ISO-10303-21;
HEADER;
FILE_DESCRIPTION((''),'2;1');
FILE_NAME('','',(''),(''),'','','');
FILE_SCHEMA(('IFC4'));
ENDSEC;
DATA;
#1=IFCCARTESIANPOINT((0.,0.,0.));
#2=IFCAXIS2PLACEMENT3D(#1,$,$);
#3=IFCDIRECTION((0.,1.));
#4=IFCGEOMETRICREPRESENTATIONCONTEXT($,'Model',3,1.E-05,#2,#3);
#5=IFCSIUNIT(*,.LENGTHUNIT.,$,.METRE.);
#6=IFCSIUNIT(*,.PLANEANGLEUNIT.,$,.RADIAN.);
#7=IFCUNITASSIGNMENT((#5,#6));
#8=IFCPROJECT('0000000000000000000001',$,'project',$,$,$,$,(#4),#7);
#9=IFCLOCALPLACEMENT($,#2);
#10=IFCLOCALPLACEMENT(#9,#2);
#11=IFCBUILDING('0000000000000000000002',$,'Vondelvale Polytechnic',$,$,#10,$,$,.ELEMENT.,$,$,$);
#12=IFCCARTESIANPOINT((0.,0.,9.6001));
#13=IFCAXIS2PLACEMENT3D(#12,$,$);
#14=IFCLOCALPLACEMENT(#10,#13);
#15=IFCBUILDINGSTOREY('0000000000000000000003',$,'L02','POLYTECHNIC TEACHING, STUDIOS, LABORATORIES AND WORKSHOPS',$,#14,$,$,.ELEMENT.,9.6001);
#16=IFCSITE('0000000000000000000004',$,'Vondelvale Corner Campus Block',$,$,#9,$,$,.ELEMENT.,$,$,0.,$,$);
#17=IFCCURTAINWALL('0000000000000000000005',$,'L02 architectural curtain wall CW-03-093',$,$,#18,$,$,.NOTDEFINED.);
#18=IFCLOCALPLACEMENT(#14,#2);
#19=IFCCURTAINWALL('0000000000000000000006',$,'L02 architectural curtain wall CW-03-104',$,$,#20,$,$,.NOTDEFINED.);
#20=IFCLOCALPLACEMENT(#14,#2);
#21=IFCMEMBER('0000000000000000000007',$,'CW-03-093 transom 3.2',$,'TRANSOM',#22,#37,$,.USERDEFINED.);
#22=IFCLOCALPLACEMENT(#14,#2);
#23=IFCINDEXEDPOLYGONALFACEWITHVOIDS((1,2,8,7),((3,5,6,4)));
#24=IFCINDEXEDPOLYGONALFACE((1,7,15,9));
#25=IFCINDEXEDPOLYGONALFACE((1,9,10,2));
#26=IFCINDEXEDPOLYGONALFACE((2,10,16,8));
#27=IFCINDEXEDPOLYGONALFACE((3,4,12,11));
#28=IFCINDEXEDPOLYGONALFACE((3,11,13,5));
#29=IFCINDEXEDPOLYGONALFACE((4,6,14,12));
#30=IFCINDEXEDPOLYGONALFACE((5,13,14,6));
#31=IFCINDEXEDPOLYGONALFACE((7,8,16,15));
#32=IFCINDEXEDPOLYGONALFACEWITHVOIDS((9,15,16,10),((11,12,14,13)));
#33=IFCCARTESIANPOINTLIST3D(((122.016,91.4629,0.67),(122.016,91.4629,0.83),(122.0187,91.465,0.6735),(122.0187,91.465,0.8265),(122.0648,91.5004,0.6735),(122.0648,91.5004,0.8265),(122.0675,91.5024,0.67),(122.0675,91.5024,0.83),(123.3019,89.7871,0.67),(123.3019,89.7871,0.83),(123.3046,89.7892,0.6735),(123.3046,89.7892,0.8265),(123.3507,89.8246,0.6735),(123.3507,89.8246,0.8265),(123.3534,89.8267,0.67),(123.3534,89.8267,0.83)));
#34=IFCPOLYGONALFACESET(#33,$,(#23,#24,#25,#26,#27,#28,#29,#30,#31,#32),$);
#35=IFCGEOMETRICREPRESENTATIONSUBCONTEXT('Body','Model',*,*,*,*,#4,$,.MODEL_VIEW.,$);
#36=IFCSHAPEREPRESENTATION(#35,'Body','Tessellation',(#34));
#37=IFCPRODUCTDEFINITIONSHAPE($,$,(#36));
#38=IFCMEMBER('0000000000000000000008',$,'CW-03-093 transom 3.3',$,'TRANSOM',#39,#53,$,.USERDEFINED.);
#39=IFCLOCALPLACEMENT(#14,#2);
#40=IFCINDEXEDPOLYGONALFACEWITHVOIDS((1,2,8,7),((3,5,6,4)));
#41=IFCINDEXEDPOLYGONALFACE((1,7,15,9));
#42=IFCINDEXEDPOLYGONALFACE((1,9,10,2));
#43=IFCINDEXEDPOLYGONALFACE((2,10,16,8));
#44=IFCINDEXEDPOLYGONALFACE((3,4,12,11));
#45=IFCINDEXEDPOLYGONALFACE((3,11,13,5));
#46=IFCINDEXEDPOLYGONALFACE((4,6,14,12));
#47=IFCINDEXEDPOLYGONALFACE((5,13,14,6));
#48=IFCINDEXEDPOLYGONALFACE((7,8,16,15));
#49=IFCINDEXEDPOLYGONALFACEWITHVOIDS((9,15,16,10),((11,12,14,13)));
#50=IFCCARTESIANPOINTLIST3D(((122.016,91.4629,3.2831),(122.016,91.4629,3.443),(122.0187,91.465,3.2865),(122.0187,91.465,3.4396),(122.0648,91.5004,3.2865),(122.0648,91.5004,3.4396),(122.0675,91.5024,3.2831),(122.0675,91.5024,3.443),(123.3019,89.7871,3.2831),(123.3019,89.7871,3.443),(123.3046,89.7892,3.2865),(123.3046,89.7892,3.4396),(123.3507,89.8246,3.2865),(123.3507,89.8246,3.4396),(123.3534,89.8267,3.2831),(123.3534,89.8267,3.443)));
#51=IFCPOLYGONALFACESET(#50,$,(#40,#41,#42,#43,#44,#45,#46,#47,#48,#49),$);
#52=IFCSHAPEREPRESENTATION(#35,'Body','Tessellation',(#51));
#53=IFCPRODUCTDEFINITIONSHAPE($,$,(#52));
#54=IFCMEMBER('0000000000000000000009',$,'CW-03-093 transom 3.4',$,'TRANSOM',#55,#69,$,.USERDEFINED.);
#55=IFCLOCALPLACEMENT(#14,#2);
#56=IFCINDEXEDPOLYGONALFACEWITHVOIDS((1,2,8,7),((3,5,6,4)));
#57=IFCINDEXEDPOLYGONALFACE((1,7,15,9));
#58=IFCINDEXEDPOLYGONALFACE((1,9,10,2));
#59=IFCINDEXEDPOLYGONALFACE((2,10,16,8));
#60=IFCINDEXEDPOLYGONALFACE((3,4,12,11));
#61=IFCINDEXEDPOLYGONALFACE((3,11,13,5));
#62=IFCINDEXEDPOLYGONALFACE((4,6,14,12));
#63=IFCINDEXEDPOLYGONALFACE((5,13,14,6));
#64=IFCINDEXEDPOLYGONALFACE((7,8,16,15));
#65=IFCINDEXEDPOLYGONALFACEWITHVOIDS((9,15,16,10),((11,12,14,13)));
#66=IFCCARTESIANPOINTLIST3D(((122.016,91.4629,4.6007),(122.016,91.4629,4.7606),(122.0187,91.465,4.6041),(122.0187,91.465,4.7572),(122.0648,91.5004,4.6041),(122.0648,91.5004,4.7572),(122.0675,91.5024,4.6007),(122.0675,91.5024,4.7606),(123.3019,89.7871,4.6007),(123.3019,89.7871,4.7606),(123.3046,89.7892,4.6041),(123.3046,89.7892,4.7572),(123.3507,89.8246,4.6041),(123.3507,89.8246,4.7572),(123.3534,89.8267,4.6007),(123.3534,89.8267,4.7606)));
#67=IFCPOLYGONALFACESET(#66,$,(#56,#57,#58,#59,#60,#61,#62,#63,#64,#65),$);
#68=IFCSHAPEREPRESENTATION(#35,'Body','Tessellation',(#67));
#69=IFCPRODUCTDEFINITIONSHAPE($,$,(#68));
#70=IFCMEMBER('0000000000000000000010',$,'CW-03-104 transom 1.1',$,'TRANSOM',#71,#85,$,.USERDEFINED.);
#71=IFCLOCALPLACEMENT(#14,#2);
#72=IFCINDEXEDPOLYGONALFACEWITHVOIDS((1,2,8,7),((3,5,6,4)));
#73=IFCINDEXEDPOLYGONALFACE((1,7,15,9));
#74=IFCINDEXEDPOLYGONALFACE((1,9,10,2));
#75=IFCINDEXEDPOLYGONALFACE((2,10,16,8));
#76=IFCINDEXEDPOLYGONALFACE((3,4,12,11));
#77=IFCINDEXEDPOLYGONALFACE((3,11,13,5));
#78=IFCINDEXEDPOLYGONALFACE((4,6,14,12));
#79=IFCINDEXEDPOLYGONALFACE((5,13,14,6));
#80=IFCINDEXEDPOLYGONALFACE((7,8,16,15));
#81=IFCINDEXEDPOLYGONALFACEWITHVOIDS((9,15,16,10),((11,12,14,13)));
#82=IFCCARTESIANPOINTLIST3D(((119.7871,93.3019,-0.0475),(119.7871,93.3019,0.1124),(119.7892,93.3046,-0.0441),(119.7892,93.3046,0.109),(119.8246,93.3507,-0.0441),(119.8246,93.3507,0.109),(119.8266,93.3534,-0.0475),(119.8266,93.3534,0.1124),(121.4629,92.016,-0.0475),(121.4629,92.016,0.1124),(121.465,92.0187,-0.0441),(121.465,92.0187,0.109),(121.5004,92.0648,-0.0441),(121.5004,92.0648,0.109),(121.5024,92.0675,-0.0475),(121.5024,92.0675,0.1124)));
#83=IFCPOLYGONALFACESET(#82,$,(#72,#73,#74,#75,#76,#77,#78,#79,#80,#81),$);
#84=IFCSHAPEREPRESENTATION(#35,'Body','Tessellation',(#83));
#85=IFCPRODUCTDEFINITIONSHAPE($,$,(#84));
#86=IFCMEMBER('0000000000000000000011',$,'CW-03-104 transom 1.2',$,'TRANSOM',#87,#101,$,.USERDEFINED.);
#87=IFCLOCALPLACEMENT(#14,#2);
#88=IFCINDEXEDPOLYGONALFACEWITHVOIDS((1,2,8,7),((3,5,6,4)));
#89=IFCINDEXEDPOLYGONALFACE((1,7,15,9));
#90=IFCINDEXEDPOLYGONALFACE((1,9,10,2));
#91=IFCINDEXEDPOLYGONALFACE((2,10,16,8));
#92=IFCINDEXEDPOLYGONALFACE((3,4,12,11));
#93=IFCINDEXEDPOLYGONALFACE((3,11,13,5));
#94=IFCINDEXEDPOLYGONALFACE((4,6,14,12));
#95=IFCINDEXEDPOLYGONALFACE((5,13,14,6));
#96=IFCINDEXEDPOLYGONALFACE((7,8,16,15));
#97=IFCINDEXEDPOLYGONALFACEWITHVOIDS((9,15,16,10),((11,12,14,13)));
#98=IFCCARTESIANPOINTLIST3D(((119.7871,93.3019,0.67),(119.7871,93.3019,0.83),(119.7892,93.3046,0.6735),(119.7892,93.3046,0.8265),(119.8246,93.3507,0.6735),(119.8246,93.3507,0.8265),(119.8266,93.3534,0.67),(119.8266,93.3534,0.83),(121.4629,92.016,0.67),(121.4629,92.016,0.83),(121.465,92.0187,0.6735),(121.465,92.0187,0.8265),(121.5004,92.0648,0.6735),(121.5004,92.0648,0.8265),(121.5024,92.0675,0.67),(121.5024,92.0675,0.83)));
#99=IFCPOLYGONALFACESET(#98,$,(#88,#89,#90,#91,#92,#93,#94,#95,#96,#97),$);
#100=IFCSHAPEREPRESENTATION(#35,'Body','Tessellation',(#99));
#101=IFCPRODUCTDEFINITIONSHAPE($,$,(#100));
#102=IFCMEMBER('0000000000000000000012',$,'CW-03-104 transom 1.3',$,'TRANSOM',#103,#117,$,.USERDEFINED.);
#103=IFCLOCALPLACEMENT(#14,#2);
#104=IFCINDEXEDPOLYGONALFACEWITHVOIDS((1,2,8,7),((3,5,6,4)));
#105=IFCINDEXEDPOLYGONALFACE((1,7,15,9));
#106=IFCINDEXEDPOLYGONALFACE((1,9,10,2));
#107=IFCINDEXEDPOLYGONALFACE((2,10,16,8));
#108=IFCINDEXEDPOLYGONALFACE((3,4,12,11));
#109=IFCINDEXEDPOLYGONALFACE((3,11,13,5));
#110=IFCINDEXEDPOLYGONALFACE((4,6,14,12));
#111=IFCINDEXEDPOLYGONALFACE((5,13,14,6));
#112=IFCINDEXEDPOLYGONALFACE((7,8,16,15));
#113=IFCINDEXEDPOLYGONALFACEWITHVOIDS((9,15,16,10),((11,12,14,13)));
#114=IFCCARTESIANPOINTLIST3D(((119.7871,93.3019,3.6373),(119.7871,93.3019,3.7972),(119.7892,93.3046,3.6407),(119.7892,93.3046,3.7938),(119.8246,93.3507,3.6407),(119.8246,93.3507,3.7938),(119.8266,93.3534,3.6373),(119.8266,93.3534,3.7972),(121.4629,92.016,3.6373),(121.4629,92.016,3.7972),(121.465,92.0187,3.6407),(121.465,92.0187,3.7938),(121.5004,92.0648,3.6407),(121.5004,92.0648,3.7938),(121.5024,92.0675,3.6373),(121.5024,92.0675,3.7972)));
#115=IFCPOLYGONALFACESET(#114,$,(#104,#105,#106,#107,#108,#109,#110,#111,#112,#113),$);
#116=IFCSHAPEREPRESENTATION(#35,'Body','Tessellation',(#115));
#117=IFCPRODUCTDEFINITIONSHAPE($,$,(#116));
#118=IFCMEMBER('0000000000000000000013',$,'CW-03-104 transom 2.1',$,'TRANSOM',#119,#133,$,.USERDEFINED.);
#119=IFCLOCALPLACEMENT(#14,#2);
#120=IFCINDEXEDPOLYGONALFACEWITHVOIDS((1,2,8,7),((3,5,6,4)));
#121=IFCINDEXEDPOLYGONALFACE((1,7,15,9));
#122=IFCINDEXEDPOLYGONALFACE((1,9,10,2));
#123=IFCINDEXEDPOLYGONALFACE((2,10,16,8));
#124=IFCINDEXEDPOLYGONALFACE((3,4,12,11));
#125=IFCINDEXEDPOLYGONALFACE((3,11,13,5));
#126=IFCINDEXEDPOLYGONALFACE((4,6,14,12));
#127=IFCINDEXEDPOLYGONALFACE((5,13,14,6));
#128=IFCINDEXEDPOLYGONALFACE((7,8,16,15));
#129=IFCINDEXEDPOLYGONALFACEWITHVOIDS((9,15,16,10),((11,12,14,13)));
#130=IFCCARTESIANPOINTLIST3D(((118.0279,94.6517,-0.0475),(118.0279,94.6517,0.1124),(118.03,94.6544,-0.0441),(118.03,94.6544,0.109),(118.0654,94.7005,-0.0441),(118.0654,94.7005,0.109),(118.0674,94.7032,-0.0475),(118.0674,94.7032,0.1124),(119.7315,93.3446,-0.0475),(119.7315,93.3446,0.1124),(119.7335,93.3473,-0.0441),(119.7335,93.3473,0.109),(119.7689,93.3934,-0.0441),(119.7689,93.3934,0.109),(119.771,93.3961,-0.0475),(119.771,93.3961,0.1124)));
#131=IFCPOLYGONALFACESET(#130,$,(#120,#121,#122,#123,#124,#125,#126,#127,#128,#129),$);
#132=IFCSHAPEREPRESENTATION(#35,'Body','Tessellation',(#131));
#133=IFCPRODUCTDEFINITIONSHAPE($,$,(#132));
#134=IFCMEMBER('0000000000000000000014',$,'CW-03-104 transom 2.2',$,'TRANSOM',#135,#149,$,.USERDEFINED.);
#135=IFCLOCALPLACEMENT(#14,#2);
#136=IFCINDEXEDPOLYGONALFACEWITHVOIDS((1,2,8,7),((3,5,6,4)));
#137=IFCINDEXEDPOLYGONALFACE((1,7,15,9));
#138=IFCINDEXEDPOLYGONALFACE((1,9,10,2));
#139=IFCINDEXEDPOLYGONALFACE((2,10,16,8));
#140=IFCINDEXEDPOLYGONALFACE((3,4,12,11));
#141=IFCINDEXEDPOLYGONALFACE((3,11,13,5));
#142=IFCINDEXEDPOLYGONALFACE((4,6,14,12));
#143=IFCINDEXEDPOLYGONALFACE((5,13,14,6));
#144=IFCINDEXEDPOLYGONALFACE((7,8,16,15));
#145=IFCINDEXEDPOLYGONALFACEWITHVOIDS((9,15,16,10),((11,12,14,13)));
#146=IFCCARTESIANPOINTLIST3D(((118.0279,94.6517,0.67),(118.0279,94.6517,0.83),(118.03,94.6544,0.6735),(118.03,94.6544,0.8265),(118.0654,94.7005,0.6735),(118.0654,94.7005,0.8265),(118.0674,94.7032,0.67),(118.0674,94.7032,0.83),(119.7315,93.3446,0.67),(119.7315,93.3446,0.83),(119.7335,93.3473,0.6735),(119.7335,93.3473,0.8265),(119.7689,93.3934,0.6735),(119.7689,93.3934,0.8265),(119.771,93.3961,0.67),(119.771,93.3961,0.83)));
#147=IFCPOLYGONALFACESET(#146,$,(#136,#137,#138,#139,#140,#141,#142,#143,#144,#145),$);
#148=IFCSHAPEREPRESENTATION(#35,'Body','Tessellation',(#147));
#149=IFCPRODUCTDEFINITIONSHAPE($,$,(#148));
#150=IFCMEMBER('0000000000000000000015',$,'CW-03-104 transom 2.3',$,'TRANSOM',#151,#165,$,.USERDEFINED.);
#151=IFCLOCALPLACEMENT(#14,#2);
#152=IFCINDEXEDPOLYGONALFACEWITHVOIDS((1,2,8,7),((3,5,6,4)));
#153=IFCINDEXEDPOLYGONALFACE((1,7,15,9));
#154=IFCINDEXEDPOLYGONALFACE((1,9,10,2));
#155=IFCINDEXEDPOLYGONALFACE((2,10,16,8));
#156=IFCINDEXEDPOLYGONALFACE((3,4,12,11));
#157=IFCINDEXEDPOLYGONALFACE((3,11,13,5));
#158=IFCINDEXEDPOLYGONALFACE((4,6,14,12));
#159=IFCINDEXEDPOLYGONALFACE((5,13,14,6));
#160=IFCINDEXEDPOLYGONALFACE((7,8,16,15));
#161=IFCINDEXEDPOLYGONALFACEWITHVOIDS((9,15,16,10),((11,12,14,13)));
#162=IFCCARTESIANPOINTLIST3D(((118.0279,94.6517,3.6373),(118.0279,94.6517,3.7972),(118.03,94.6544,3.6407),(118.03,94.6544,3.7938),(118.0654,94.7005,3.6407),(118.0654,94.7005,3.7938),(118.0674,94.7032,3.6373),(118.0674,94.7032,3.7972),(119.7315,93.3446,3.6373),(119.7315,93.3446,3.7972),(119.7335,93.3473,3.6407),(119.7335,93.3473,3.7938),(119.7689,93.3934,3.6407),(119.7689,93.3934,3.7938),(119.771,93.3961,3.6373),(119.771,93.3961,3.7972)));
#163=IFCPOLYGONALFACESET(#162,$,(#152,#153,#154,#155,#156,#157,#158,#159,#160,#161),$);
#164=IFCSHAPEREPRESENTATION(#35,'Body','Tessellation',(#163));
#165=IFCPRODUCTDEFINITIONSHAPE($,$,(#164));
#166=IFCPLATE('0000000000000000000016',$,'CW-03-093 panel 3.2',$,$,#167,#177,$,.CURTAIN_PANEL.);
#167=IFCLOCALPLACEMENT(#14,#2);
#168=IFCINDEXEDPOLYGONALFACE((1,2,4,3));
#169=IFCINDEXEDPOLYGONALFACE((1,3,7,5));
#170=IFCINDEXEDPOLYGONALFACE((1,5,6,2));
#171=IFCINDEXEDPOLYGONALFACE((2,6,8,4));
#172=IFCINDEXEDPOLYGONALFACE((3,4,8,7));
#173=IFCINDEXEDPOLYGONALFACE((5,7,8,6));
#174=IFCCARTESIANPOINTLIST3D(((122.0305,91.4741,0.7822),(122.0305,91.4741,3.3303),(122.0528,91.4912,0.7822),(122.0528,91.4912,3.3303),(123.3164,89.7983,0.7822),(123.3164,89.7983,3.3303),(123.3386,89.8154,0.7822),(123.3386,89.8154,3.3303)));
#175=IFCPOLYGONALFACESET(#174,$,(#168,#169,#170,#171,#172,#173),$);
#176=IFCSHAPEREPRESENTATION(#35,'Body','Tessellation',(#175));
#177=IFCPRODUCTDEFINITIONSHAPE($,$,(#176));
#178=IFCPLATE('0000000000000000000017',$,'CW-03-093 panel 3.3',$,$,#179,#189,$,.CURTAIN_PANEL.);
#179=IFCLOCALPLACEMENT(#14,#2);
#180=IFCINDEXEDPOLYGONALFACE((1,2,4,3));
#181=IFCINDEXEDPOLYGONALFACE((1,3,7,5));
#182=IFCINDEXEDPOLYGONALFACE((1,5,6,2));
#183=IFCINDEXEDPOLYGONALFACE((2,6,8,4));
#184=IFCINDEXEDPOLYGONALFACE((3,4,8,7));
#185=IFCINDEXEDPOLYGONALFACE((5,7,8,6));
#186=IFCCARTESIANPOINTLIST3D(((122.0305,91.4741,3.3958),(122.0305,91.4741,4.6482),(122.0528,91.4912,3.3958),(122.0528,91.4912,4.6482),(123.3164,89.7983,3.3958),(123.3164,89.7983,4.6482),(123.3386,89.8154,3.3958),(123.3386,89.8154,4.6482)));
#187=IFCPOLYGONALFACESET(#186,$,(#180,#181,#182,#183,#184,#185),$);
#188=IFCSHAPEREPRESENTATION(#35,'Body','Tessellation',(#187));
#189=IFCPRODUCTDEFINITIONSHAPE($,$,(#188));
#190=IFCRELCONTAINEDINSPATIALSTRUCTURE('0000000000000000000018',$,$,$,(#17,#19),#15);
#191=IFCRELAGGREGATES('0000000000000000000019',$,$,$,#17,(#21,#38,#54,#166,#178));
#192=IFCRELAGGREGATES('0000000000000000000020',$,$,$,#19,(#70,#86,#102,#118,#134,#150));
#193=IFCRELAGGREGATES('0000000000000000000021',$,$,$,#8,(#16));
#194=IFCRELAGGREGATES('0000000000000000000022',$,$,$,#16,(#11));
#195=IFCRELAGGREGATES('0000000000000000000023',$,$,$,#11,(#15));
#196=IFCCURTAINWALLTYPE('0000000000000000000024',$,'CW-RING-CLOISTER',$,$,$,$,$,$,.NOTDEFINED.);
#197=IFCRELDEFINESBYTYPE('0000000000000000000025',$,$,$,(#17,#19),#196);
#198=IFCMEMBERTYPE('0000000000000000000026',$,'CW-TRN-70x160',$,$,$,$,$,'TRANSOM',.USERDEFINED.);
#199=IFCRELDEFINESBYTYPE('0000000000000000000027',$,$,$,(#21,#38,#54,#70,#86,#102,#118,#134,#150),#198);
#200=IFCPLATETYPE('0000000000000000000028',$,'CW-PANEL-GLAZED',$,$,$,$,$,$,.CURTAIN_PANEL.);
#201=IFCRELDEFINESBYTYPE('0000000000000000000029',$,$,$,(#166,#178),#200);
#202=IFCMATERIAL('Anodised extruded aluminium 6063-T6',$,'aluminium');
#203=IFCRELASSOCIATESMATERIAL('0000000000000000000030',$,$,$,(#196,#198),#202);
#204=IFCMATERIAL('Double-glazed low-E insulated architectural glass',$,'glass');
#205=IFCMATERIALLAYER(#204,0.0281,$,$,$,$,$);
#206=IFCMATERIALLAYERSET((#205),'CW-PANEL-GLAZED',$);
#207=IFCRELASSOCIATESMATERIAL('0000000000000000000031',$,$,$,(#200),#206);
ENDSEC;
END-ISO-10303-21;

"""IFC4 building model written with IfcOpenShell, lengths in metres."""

from ifc_helpers import new_model, si_unit, direction, frame, origin, origin_2d, place, context, subcontext, project, spatial, rectangle, hollow_rectangle, extrude, material, layer, layer_set, material_profile, profile_set, type_object, element, aggregate, save


model = new_model("IFC4")

# Units and contexts
model_context = context("Model", 3, precision=1e-05, world=origin(), true_north=direction((0.0, 1.0)))
body_context = subcontext(model_context, "Body", "Model", "MODEL_VIEW")
ifc_project = project(units=[si_unit("LENGTHUNIT", "METRE"), si_unit("PLANEANGLEUNIT", "RADIAN")], contexts=[model_context])

# Site, building, storey
site_placement = place(None, origin())
site = spatial("IfcSite", under=ifc_project, at=site_placement, Name="Vondelvale Corner Campus Block", CompositionType="ELEMENT", RefElevation=0.0)
building_placement = place(site_placement, origin())
building = spatial("IfcBuilding", under=site, at=building_placement, Name="Vondelvale Polytechnic", CompositionType="ELEMENT")
storey_placement = place(building_placement, frame((0.0, 0.0, 9.6001)))
storey = spatial("IfcBuildingStorey", under=building, at=storey_placement, Name="L02", Description="POLYTECHNIC TEACHING, STUDIOS, LABORATORIES AND WORKSHOPS", CompositionType="ELEMENT", Elevation=9.6001)

# Curtain walls
ifc_material_1 = material(Name="Anodised extruded aluminium 6063-T6", Category="aluminium")
curtain_wall_type = type_object("IfcCurtainWallType", Name="CW-RING-CLOISTER", PredefinedType="NOTDEFINED", material=ifc_material_1)
curtain_wall_1_placement = place(storey_placement, origin())
curtain_wall_1 = element("IfcCurtainWall", 1, at=curtain_wall_1_placement, inside=storey, type_object=curtain_wall_type, Name="L02 architectural curtain wall CW-03-093", PredefinedType="NOTDEFINED")
curtain_wall_2_placement = place(storey_placement, origin())
curtain_wall_2 = element("IfcCurtainWall", 2, at=curtain_wall_2_placement, inside=storey, type_object=curtain_wall_type, Name="L02 architectural curtain wall CW-03-104", PredefinedType="NOTDEFINED")

# Members
ifc_material_profile_1 = material_profile(ifc_material_1, hollow_rectangle(XDim=0.0649, YDim=0.1599, WallThickness=0.0034, at=origin_2d()), Name="CW-TRN-160x65")
ifc_profile_set_1 = profile_set([ifc_material_profile_1], Name="Anodised extruded aluminium 6063-T6")
member_type_1 = type_object("IfcMemberType", Name="CW-TRN-70x160", ElementType="TRANSOM", PredefinedType="USERDEFINED", material=ifc_profile_set_1)
member_1_placement = place(storey_placement, frame((123.3276, 89.8069, 0.75), z_axis=(-0.608766, 0.79335, 0.0), x_axis=(-0.79335, -0.608766, 0.0)))
member_1 = element("IfcMember", 3, at=member_1_placement, type_object=member_type_1, Name="CW-03-093 transom 3.2", ObjectType="TRANSOM", PredefinedType="USERDEFINED", context=body_context, shape_type="SweptSolid", body=[
    extrude(hollow_rectangle(XDim=0.0649, YDim=0.1599, WallThickness=0.0034, at=origin_2d()), origin(), (0.0, 0.0, 1.0), 2.1123),
])
member_2_placement = place(storey_placement, frame((123.3276, 89.8069, 3.363), z_axis=(-0.608766, 0.79335, 0.0), x_axis=(-0.79335, -0.608766, 0.0)))
member_2 = element("IfcMember", 4, at=member_2_placement, type_object=member_type_1, Name="CW-03-093 transom 3.3", ObjectType="TRANSOM", PredefinedType="USERDEFINED", context=body_context, shape_type="SweptSolid", body=[
    extrude(hollow_rectangle(XDim=0.0649, YDim=0.1599, WallThickness=0.0034, at=origin_2d()), origin(), (0.0, 0.0, 1.0), 2.1123),
])
member_3_placement = place(storey_placement, frame((123.3276, 89.8069, 4.6807), z_axis=(-0.608766, 0.79335, 0.0), x_axis=(-0.79335, -0.608766, 0.0)))
member_3 = element("IfcMember", 5, at=member_3_placement, type_object=member_type_1, Name="CW-03-093 transom 3.4", ObjectType="TRANSOM", PredefinedType="USERDEFINED", context=body_context, shape_type="SweptSolid", body=[
    extrude(hollow_rectangle(XDim=0.0649, YDim=0.1599, WallThickness=0.0034, at=origin_2d()), origin(), (0.0, 0.0, 1.0), 2.1123),
])
member_4_placement = place(storey_placement, frame((121.4827, 92.0417, 0.0325), z_axis=(-0.79335, 0.608766, 0.0), x_axis=(-0.608766, -0.79335, 0.0)))
member_4 = element("IfcMember", 6, at=member_4_placement, type_object=member_type_1, Name="CW-03-104 transom 1.1", ObjectType="TRANSOM", PredefinedType="USERDEFINED", context=body_context, shape_type="SweptSolid", body=[
    extrude(hollow_rectangle(XDim=0.0649, YDim=0.1599, WallThickness=0.0034, at=origin_2d()), origin(), (0.0, 0.0, 1.0), 2.1123),
])
member_5_placement = place(storey_placement, frame((121.4827, 92.0417, 0.75), z_axis=(-0.79335, 0.608766, 0.0), x_axis=(-0.608766, -0.79335, 0.0)))
member_5 = element("IfcMember", 7, at=member_5_placement, type_object=member_type_1, Name="CW-03-104 transom 1.2", ObjectType="TRANSOM", PredefinedType="USERDEFINED", context=body_context, shape_type="SweptSolid", body=[
    extrude(hollow_rectangle(XDim=0.0649, YDim=0.1599, WallThickness=0.0034, at=origin_2d()), origin(), (0.0, 0.0, 1.0), 2.1123),
])
member_6_placement = place(storey_placement, frame((121.4827, 92.0417, 3.7173), z_axis=(-0.79335, 0.608766, 0.0), x_axis=(-0.608766, -0.79335, 0.0)))
member_6 = element("IfcMember", 8, at=member_6_placement, type_object=member_type_1, Name="CW-03-104 transom 1.3", ObjectType="TRANSOM", PredefinedType="USERDEFINED", context=body_context, shape_type="SweptSolid", body=[
    extrude(hollow_rectangle(XDim=0.0649, YDim=0.1599, WallThickness=0.0034, at=origin_2d()), origin(), (0.0, 0.0, 1.0), 2.1123),
])
member_7_placement = place(storey_placement, frame((119.7512, 93.3704, 0.0325), z_axis=(-0.793376, 0.608732, 0.0), x_axis=(-0.608732, -0.793376, 0.0)))
member_7 = element("IfcMember", 9, at=member_7_placement, type_object=member_type_1, Name="CW-03-104 transom 2.1", ObjectType="TRANSOM", PredefinedType="USERDEFINED", context=body_context, shape_type="SweptSolid", body=[
    extrude(hollow_rectangle(XDim=0.0649, YDim=0.1599, WallThickness=0.0034, at=origin_2d()), origin(), (0.0, 0.0, 1.0), 2.1472),
])
member_8_placement = place(storey_placement, frame((119.7512, 93.3704, 0.75), z_axis=(-0.793376, 0.608732, 0.0), x_axis=(-0.608732, -0.793376, 0.0)))
member_8 = element("IfcMember", 10, at=member_8_placement, type_object=member_type_1, Name="CW-03-104 transom 2.2", ObjectType="TRANSOM", PredefinedType="USERDEFINED", context=body_context, shape_type="SweptSolid", body=[
    extrude(hollow_rectangle(XDim=0.0649, YDim=0.1599, WallThickness=0.0034, at=origin_2d()), origin(), (0.0, 0.0, 1.0), 2.1472),
])
member_9_placement = place(storey_placement, frame((119.7512, 93.3704, 3.7173), z_axis=(-0.793376, 0.608732, 0.0), x_axis=(-0.608732, -0.793376, 0.0)))
member_9 = element("IfcMember", 11, at=member_9_placement, type_object=member_type_1, Name="CW-03-104 transom 2.3", ObjectType="TRANSOM", PredefinedType="USERDEFINED", context=body_context, shape_type="SweptSolid", body=[
    extrude(hollow_rectangle(XDim=0.0649, YDim=0.1599, WallThickness=0.0034, at=origin_2d()), origin(), (0.0, 0.0, 1.0), 2.1472),
])

# Plates
ifc_material_2 = material(Name="Double-glazed low-E insulated architectural glass", Category="glass")
ifc_layer_1 = layer(ifc_material_2, 0.0281)
ifc_layer_set_1 = layer_set([ifc_layer_1], Name="CW-PANEL-GLAZED")
plate_type_1 = type_object("IfcPlateType", Name="CW-PANEL-GLAZED", PredefinedType="CURTAIN_PANEL", material=ifc_layer_set_1)
plate_1_placement = place(storey_placement, frame((122.6846, 90.6448, 0.7822), z_axis=(0.0, 0.0, 1.0), x_axis=(-0.608748, 0.793364, 0.0)))
plate_1 = element("IfcPlate", 12, at=plate_1_placement, type_object=plate_type_1, Name="CW-03-093 panel 3.2", PredefinedType="CURTAIN_PANEL", context=body_context, shape_type="SweptSolid", body=[
    extrude(rectangle(XDim=2.1123, YDim=0.0281, at=origin_2d()), origin(), (0.0, 0.0, 1.0), 2.5481),
])
plate_2_placement = place(storey_placement, frame((122.6846, 90.6448, 3.3958), z_axis=(0.0, 0.0, 1.0), x_axis=(-0.608748, 0.793364, 0.0)))
plate_2 = element("IfcPlate", 13, at=plate_2_placement, type_object=plate_type_1, Name="CW-03-093 panel 3.3", PredefinedType="CURTAIN_PANEL", context=body_context, shape_type="SweptSolid", body=[
    extrude(rectangle(XDim=2.1123, YDim=0.0281, at=origin_2d()), origin(), (0.0, 0.0, 1.0), 1.2524),
])
aggregate(curtain_wall_1, [member_1, member_2, member_3, plate_1, plate_2])
aggregate(curtain_wall_2, [member_4, member_5, member_6, member_7, member_8, member_9])

save(model, "model.ifc")
